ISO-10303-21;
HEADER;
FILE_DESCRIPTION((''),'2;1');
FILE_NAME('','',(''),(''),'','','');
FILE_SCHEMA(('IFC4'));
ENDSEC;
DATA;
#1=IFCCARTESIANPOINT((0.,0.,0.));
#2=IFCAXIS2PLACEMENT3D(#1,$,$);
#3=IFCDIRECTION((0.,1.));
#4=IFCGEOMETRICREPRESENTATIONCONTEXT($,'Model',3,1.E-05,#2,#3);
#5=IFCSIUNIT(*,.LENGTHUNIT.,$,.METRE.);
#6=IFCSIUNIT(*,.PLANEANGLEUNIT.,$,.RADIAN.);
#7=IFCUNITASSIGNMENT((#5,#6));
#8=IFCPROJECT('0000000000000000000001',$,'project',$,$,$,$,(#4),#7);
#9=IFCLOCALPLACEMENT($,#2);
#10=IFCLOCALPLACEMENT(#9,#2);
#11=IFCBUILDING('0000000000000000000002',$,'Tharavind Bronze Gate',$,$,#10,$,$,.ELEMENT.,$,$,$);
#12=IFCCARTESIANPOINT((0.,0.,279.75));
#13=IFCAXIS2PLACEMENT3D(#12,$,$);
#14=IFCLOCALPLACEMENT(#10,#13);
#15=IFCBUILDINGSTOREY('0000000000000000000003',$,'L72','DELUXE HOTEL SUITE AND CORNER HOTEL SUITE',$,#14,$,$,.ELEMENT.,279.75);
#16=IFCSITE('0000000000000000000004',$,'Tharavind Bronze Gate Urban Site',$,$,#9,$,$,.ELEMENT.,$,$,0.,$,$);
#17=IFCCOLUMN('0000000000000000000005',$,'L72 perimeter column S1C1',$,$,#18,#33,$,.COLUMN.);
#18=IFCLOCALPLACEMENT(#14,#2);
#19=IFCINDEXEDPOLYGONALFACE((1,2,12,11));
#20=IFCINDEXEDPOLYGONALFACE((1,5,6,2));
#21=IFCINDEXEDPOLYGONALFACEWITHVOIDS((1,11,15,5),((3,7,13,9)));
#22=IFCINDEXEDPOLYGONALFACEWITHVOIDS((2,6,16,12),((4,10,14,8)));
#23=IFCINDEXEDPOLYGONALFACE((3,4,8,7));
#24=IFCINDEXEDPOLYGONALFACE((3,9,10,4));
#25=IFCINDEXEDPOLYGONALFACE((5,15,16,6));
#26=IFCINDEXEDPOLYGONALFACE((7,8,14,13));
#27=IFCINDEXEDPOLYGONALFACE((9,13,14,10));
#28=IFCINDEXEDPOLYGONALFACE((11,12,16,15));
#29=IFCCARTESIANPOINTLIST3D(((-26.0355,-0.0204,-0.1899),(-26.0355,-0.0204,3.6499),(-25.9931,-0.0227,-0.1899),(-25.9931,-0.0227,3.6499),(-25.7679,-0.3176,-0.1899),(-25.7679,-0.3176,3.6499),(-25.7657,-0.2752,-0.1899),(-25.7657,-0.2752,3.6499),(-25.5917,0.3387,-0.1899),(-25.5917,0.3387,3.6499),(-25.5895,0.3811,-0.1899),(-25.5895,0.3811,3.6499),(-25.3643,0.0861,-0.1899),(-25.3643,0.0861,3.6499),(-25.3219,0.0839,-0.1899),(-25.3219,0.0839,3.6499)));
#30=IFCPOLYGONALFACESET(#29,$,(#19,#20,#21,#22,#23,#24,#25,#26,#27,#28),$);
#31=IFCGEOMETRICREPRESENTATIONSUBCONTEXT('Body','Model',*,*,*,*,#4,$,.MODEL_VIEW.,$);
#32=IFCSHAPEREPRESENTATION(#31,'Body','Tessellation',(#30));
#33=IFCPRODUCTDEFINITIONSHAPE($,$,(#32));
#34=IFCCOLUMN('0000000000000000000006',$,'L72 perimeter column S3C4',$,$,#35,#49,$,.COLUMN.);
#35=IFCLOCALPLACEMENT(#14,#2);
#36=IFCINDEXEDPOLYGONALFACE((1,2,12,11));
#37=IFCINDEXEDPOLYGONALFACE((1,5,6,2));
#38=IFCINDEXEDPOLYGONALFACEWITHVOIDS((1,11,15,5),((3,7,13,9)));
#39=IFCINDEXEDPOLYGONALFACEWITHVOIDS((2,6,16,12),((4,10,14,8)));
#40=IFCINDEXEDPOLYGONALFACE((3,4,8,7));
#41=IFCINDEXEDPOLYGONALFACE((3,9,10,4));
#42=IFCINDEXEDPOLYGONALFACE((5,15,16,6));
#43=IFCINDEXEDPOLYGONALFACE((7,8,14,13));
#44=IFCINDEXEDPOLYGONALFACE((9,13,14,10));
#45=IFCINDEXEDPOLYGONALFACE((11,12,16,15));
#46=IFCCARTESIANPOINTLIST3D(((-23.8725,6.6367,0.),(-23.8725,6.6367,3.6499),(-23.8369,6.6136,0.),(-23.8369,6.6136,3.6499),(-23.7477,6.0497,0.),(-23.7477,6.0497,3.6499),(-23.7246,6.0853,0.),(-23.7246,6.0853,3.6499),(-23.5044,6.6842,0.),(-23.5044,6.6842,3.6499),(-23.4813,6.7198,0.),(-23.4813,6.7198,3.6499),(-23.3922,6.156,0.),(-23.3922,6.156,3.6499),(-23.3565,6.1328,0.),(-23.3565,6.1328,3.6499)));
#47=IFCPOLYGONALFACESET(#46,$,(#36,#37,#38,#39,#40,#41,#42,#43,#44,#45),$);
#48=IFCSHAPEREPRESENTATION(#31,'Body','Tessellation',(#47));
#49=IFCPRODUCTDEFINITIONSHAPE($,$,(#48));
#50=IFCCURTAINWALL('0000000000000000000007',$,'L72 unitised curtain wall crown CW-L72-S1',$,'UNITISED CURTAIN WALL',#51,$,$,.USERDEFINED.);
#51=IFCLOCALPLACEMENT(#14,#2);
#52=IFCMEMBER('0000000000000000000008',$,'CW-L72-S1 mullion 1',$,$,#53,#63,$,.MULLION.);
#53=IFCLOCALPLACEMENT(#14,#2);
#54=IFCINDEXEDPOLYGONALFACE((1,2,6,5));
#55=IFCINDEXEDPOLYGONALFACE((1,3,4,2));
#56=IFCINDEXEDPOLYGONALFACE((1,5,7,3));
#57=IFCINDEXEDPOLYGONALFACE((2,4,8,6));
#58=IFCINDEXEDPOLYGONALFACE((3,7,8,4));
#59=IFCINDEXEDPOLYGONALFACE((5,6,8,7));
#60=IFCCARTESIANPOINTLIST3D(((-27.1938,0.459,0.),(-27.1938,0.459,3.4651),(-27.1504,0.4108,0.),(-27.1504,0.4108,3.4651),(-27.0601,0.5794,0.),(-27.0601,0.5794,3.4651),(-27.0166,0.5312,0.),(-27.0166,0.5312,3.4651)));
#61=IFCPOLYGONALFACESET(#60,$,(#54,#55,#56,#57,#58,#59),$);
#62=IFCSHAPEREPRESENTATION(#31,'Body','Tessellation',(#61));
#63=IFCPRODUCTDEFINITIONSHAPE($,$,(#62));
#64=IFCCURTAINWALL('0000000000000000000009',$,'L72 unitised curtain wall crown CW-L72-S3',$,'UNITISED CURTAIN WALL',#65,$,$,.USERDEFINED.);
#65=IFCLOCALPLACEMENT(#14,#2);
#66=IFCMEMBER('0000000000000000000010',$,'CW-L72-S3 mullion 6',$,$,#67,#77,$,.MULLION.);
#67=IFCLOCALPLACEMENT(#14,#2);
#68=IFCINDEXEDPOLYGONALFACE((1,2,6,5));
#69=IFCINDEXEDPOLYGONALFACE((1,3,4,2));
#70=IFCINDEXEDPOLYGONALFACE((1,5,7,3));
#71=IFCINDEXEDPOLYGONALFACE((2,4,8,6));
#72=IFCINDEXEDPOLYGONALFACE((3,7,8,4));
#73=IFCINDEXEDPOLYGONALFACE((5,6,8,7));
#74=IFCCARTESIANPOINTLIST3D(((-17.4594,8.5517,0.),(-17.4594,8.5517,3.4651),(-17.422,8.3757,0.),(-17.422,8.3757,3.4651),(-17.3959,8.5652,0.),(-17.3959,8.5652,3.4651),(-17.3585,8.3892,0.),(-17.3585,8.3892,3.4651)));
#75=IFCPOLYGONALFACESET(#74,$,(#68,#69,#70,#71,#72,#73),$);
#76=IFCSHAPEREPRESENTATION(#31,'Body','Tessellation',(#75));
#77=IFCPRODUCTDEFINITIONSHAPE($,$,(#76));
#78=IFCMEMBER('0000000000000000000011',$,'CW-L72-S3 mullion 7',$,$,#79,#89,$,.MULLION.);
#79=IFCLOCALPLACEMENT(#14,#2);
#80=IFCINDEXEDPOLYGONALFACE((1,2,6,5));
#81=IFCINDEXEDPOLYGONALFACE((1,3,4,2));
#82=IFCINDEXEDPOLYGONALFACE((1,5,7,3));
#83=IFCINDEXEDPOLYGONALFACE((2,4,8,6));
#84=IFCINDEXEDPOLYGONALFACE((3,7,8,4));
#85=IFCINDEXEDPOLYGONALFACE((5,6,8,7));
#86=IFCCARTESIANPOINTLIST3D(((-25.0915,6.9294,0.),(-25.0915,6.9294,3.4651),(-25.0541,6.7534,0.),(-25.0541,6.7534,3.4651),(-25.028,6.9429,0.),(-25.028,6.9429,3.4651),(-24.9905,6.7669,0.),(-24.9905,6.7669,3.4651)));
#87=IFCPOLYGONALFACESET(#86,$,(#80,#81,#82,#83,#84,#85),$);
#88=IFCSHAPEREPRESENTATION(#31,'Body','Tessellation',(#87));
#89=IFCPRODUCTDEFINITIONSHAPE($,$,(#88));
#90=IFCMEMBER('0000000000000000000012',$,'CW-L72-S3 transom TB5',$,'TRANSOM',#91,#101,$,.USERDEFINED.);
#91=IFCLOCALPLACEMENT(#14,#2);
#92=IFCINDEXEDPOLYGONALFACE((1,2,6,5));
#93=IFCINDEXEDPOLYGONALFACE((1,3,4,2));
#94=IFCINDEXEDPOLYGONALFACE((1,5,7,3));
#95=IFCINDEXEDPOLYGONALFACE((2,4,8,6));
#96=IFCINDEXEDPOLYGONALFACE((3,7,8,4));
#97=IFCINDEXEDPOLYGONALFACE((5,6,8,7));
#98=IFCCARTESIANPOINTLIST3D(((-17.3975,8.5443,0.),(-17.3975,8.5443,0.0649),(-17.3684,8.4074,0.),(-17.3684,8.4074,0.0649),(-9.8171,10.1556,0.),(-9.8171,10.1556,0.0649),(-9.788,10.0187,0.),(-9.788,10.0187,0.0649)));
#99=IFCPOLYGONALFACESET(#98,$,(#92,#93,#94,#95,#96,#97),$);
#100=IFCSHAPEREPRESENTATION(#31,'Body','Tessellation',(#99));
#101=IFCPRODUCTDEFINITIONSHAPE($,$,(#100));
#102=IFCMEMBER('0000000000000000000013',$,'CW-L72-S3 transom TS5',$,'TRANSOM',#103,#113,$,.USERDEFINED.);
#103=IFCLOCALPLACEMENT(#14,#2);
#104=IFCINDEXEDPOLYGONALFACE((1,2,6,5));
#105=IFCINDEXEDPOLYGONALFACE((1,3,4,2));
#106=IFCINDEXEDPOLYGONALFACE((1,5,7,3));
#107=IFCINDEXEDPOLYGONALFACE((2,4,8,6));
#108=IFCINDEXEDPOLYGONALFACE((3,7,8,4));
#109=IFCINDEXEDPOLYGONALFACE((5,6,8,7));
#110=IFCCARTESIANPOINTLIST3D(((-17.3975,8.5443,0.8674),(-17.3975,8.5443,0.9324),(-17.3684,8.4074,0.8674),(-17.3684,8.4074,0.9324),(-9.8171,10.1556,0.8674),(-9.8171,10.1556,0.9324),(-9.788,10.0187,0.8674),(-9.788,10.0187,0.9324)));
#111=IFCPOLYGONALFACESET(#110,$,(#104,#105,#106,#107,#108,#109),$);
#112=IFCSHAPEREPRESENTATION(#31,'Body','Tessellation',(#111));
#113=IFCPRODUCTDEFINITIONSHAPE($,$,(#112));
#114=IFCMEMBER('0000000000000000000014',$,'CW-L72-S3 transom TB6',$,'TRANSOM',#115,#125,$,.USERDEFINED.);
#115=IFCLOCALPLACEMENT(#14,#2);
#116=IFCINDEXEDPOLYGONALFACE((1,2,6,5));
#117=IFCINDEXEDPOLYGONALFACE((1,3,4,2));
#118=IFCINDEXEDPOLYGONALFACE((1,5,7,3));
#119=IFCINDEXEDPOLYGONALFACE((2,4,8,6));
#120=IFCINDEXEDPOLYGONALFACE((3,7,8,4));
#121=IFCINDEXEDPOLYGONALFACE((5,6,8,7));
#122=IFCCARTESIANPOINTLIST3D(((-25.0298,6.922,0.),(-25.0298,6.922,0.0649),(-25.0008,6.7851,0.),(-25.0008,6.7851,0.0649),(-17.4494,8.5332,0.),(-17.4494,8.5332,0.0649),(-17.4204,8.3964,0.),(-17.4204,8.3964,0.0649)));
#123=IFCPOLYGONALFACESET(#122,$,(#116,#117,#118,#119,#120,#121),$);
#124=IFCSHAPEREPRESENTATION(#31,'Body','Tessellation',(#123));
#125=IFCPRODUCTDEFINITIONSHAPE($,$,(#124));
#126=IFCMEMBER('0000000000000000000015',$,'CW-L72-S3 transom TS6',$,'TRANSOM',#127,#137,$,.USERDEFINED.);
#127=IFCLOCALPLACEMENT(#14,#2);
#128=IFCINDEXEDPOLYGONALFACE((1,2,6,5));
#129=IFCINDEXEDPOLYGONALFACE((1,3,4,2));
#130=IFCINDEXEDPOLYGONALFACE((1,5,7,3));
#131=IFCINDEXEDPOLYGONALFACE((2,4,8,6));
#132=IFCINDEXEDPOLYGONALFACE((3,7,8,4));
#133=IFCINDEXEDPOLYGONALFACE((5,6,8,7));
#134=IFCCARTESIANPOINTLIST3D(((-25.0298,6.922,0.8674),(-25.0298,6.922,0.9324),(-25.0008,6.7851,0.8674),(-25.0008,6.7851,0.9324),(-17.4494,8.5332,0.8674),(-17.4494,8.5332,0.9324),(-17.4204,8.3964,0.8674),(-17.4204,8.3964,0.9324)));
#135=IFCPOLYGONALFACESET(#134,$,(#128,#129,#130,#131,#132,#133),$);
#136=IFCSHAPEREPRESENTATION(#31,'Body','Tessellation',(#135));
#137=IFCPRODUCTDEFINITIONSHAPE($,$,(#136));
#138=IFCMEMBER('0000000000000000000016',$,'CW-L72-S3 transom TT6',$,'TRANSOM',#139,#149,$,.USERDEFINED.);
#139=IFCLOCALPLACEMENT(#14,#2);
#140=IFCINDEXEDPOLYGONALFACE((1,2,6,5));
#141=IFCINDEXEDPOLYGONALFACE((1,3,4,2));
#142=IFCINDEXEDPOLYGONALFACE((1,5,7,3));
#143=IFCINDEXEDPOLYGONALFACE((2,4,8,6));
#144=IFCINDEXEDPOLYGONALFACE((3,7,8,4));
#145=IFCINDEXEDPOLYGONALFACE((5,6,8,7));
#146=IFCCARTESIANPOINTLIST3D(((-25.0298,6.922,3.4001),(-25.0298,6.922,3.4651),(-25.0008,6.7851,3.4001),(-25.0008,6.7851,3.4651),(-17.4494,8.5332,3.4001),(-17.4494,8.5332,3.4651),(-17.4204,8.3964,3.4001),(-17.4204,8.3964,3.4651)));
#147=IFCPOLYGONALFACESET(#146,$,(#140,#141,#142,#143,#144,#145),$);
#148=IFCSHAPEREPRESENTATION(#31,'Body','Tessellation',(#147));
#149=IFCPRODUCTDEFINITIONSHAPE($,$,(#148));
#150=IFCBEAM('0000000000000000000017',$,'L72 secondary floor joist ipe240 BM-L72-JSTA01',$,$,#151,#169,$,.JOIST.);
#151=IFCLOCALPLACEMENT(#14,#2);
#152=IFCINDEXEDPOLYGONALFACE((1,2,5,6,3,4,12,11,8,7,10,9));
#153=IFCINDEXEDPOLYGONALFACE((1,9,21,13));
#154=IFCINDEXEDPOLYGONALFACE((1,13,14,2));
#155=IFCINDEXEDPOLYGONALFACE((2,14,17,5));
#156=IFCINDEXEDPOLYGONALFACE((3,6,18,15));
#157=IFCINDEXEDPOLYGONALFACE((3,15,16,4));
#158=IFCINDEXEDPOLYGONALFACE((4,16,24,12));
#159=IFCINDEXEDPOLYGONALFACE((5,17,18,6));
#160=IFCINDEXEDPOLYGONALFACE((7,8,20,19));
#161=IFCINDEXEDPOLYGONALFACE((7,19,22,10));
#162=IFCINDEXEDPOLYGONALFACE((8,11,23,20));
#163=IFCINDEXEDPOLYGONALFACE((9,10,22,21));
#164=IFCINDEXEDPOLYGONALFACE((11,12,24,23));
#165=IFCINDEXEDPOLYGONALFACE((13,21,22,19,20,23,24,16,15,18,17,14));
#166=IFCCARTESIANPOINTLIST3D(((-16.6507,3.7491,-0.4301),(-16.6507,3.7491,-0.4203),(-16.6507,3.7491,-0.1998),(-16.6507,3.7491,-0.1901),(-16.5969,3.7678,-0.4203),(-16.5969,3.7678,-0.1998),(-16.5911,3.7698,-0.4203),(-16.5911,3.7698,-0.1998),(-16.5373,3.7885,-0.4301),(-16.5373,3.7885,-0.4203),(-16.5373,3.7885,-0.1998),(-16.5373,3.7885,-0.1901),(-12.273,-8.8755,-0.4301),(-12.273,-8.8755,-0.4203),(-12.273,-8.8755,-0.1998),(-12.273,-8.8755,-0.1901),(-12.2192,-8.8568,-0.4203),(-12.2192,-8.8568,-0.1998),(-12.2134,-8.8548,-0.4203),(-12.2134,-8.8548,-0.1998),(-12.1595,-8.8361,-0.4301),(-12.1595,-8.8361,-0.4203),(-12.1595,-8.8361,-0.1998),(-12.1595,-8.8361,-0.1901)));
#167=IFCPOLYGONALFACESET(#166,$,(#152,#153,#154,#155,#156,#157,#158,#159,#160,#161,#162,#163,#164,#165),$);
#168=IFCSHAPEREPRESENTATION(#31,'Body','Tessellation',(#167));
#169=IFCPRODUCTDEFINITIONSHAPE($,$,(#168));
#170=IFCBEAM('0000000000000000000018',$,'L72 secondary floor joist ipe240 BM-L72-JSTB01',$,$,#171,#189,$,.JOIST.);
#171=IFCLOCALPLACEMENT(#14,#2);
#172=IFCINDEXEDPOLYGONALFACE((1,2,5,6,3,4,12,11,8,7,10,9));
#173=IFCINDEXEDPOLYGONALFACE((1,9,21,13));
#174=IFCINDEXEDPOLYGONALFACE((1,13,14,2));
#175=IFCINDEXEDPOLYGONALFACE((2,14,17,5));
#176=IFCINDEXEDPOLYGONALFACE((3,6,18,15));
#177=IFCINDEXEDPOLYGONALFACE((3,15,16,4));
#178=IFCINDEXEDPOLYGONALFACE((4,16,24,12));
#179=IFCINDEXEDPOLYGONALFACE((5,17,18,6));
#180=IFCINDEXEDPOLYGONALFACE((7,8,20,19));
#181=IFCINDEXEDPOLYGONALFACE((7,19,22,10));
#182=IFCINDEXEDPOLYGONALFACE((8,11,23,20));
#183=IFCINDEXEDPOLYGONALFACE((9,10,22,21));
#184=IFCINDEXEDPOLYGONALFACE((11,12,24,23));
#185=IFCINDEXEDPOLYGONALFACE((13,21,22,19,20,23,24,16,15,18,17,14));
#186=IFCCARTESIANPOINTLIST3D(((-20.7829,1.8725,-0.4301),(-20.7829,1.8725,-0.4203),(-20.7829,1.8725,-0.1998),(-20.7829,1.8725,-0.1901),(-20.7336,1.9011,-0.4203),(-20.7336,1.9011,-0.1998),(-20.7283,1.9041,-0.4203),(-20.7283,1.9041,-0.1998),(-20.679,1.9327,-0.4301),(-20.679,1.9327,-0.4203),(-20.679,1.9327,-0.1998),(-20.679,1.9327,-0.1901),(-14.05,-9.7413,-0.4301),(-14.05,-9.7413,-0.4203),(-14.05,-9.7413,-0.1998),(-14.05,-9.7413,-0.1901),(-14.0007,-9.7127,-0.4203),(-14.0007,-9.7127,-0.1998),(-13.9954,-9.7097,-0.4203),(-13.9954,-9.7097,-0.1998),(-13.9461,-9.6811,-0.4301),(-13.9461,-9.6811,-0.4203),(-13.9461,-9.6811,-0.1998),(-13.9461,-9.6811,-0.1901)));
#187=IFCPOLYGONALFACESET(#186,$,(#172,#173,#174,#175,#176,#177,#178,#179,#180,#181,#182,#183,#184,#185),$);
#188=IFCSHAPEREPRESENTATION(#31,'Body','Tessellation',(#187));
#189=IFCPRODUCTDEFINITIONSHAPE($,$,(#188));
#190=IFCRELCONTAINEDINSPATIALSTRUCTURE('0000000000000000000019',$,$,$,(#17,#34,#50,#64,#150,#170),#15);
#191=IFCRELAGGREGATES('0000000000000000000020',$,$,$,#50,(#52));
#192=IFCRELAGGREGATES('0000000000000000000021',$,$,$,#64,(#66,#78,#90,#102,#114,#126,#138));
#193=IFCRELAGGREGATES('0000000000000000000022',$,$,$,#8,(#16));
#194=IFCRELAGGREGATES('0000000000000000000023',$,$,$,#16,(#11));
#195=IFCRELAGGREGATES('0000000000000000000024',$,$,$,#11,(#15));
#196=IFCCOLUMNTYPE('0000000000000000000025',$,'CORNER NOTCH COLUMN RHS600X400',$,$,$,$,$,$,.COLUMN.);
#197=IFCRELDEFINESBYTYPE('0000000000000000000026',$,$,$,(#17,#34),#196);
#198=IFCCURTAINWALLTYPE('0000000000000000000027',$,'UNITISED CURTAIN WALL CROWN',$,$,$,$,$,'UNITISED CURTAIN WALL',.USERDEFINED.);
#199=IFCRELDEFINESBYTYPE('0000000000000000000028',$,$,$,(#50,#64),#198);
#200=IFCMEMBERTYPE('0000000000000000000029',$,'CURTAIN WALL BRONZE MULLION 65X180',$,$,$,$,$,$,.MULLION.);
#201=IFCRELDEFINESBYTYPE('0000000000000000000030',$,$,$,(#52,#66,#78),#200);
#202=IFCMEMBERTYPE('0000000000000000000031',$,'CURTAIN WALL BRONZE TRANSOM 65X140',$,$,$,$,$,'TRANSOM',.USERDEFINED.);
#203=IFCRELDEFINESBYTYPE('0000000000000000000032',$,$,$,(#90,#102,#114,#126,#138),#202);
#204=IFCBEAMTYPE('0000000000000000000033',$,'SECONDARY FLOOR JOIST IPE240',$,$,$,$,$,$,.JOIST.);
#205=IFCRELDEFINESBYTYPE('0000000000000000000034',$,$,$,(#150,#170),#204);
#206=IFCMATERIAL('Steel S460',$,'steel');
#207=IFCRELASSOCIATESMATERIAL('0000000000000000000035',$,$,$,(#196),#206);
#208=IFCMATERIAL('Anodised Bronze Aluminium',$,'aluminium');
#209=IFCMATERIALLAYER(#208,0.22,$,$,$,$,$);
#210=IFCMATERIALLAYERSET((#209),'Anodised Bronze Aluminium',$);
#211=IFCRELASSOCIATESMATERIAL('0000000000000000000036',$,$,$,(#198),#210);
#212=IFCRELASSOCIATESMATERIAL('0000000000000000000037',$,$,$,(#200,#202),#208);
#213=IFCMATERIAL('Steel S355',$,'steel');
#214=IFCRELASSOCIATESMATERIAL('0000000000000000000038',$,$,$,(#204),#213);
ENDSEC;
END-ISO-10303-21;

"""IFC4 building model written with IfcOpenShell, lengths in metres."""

from ifc_helpers import new_model, si_unit, direction, frame, origin, origin_2d, place, context, subcontext, project, spatial, rectangle, hollow_rectangle, i_section, extrude, material, layer, layer_set, material_profile, profile_set, type_object, element, aggregate, save


model = new_model("IFC4")

# Units and contexts
model_context = context("Model", 3, precision=1e-05, world=origin(), true_north=direction((0.0, 1.0)))
body_context = subcontext(model_context, "Body", "Model", "MODEL_VIEW")
ifc_project = project(units=[si_unit("LENGTHUNIT", "METRE"), si_unit("PLANEANGLEUNIT", "RADIAN")], contexts=[model_context])

# Site, building, storey
site_placement = place(None, origin())
site = spatial("IfcSite", under=ifc_project, at=site_placement, Name="Tharavind Bronze Gate Urban Site", CompositionType="ELEMENT", RefElevation=0.0)
building_placement = place(site_placement, origin())
building = spatial("IfcBuilding", under=site, at=building_placement, Name="Tharavind Bronze Gate", CompositionType="ELEMENT")
storey_placement = place(building_placement, frame((0.0, 0.0, 279.75)))
storey = spatial("IfcBuildingStorey", under=building, at=storey_placement, Name="L72", Description="DELUXE HOTEL SUITE AND CORNER HOTEL SUITE", CompositionType="ELEMENT", Elevation=279.75)

# Columns
ifc_material_1 = material(Name="Steel S460", Category="steel")
ifc_material_profile_1 = material_profile(ifc_material_1, hollow_rectangle(XDim=0.3999, YDim=0.6001, WallThickness=0.03, at=origin_2d()), Name="RHS600X400X30")
ifc_profile_set_1 = profile_set([ifc_material_profile_1], Name="Steel S460")
column_type = type_object("IfcColumnType", Name="CORNER NOTCH COLUMN RHS600X400", PredefinedType="COLUMN", material=ifc_profile_set_1)
column_1_placement = place(storey_placement, frame((-25.6787, 0.0317, -0.1899), z_axis=(0.0, 0.0, 1.0), x_axis=(-0.669131, 0.743145, 0.0)))
element("IfcColumn", 1, at=column_1_placement, inside=storey, type_object=column_type, Name="L72 perimeter column S1C1", PredefinedType="COLUMN", context=body_context, shape_type="SweptSolid", body=[
    extrude(hollow_rectangle(XDim=0.3999, YDim=0.6001, WallThickness=0.03, at=origin_2d()), origin(), (0.0, 0.0, 1.0), 3.8398),
])
column_2_placement = place(storey_placement, frame((-23.6145, 6.3848, 0.0), z_axis=(0.0, 0.0, 1.0), x_axis=(0.978147, 0.207913, 0.0)))
element("IfcColumn", 2, at=column_2_placement, inside=storey, type_object=column_type, Name="L72 perimeter column S3C4", PredefinedType="COLUMN", context=body_context, shape_type="SweptSolid", body=[
    extrude(hollow_rectangle(XDim=0.3999, YDim=0.6001, WallThickness=0.03, at=origin_2d()), origin(), (0.0, 0.0, 1.0), 3.6499),
])

# Curtain wall, member
ifc_material_2 = material(Name="Anodised Bronze Aluminium", Category="aluminium")
ifc_layer_1 = layer(ifc_material_2, 0.22)
ifc_layer_set_1 = layer_set([ifc_layer_1], Name="Anodised Bronze Aluminium")
curtain_wall_type = type_object("IfcCurtainWallType", Name="UNITISED CURTAIN WALL CROWN", ElementType="UNITISED CURTAIN WALL", PredefinedType="USERDEFINED", material=ifc_layer_set_1)
curtain_wall_1_placement = place(storey_placement, origin())
curtain_wall_1 = element("IfcCurtainWall", 3, at=curtain_wall_1_placement, inside=storey, type_object=curtain_wall_type, Name="L72 unitised curtain wall crown CW-L72-S1", ObjectType="UNITISED CURTAIN WALL", PredefinedType="USERDEFINED")
member_type_1 = type_object("IfcMemberType", Name="CURTAIN WALL BRONZE MULLION 65X180", PredefinedType="MULLION", material=ifc_material_2)
member_1_placement = place(storey_placement, frame((-27.1052, 0.4951, 0.0), z_axis=(0.0, 0.0, 1.0), x_axis=(0.669131, -0.743145, 0.0)))
member_1 = element("IfcMember", 4, at=member_1_placement, type_object=member_type_1, Name="CW-L72-S1 mullion 1", PredefinedType="MULLION", context=body_context, shape_type="SweptSolid", body=[
    extrude(rectangle(XDim=0.0649, YDim=0.1799, at=origin_2d()), origin(), (0.0, 0.0, 1.0), 3.4651),
])
aggregate(curtain_wall_1, [member_1])

# Curtain wall, members
curtain_wall_2_placement = place(storey_placement, origin())
curtain_wall_2 = element("IfcCurtainWall", 5, at=curtain_wall_2_placement, inside=storey, type_object=curtain_wall_type, Name="L72 unitised curtain wall crown CW-L72-S3", ObjectType="UNITISED CURTAIN WALL", PredefinedType="USERDEFINED")
member_2_placement = place(storey_placement, frame((-17.4089, 8.4705, 0.0), z_axis=(0.0, 0.0, 1.0), x_axis=(-0.978147, -0.207913, 0.0)))
member_2 = element("IfcMember", 6, at=member_2_placement, type_object=member_type_1, Name="CW-L72-S3 mullion 6", PredefinedType="MULLION", context=body_context, shape_type="SweptSolid", body=[
    extrude(rectangle(XDim=0.0649, YDim=0.1799, at=origin_2d()), origin(), (0.0, 0.0, 1.0), 3.4651),
])
member_3_placement = place(storey_placement, frame((-25.041, 6.8481, 0.0), z_axis=(0.0, 0.0, 1.0), x_axis=(-0.978147, -0.207913, 0.0)))
member_3 = element("IfcMember", 7, at=member_3_placement, type_object=member_type_1, Name="CW-L72-S3 mullion 7", PredefinedType="MULLION", context=body_context, shape_type="SweptSolid", body=[
    extrude(rectangle(XDim=0.0649, YDim=0.1799, at=origin_2d()), origin(), (0.0, 0.0, 1.0), 3.4651),
])
member_type_2 = type_object("IfcMemberType", Name="CURTAIN WALL BRONZE TRANSOM 65X140", ElementType="TRANSOM", PredefinedType="USERDEFINED", material=ifc_material_2)
member_4_placement = place(storey_placement, frame((-13.5928, 9.2815, 0.0), z_axis=(0.0, 0.0, 1.0), x_axis=(-0.978147, -0.207913, 0.0)))
member_4 = element("IfcMember", 8, at=member_4_placement, type_object=member_type_2, Name="CW-L72-S3 transom TB5", ObjectType="TRANSOM", PredefinedType="USERDEFINED", context=body_context, shape_type="SweptSolid", body=[
    extrude(rectangle(XDim=7.7498, YDim=0.1399, at=origin_2d()), origin(), (0.0, 0.0, 1.0), 0.0649),
])
member_5_placement = place(storey_placement, frame((-13.5928, 9.2815, 0.8674), z_axis=(0.0, 0.0, 1.0), x_axis=(-0.978147, -0.207913, 0.0)))
member_5 = element("IfcMember", 9, at=member_5_placement, type_object=member_type_2, Name="CW-L72-S3 transom TS5", ObjectType="TRANSOM", PredefinedType="USERDEFINED", context=body_context, shape_type="SweptSolid", body=[
    extrude(rectangle(XDim=7.7498, YDim=0.1399, at=origin_2d()), origin(), (0.0, 0.0, 1.0), 0.0649),
])
member_6_placement = place(storey_placement, frame((-21.2251, 7.6592, 0.0), z_axis=(0.0, 0.0, 1.0), x_axis=(-0.978147, -0.207913, 0.0)))
member_6 = element("IfcMember", 10, at=member_6_placement, type_object=member_type_2, Name="CW-L72-S3 transom TB6", ObjectType="TRANSOM", PredefinedType="USERDEFINED", context=body_context, shape_type="SweptSolid", body=[
    extrude(rectangle(XDim=7.7498, YDim=0.1399, at=origin_2d()), origin(), (0.0, 0.0, 1.0), 0.0649),
])
member_7_placement = place(storey_placement, frame((-21.2251, 7.6592, 0.8674), z_axis=(0.0, 0.0, 1.0), x_axis=(-0.978147, -0.207913, 0.0)))
member_7 = element("IfcMember", 11, at=member_7_placement, type_object=member_type_2, Name="CW-L72-S3 transom TS6", ObjectType="TRANSOM", PredefinedType="USERDEFINED", context=body_context, shape_type="SweptSolid", body=[
    extrude(rectangle(XDim=7.7498, YDim=0.1399, at=origin_2d()), origin(), (0.0, 0.0, 1.0), 0.0649),
])
member_8_placement = place(storey_placement, frame((-21.2251, 7.6592, 3.4001), z_axis=(0.0, 0.0, 1.0), x_axis=(-0.978147, -0.207913, 0.0)))
member_8 = element("IfcMember", 12, at=member_8_placement, type_object=member_type_2, Name="CW-L72-S3 transom TT6", ObjectType="TRANSOM", PredefinedType="USERDEFINED", context=body_context, shape_type="SweptSolid", body=[
    extrude(rectangle(XDim=7.7498, YDim=0.1399, at=origin_2d()), origin(), (0.0, 0.0, 1.0), 0.0649),
])

# Beams
ifc_material_3 = material(Name="Steel S355", Category="steel")
ifc_material_profile_2 = material_profile(ifc_material_3, i_section(OverallWidth=0.1201, OverallDepth=0.24, WebThickness=0.0061, FlangeThickness=0.0098, at=origin_2d()), Name="IPE240")
ifc_profile_set_2 = profile_set([ifc_material_profile_2], Name="Steel S355")
beam_type_1 = type_object("IfcBeamType", Name="SECONDARY FLOOR JOIST IPE240", PredefinedType="JOIST", material=ifc_profile_set_2)
beam_1_placement = place(storey_placement, frame((-16.594, 3.7688, -0.3101), z_axis=(0.327623, -0.944809, 0.0), x_axis=(0.944809, 0.327623, 0.0)))
element("IfcBeam", 13, at=beam_1_placement, inside=storey, type_object=beam_type_1, Name="L72 secondary floor joist ipe240 BM-L72-JSTA01", PredefinedType="JOIST", context=body_context, shape_type="SweptSolid", body=[
    extrude(i_section(OverallWidth=0.1201, OverallDepth=0.24, WebThickness=0.0061, FlangeThickness=0.0098, at=origin_2d()), origin(), (0.0, 0.0, 1.0), 13.3621),
])
beam_2_placement = place(storey_placement, frame((-20.731, 1.9026, -0.3101), z_axis=(0.501547, -0.865131, 0.0), x_axis=(0.865131, 0.501547, 0.0)))
element("IfcBeam", 14, at=beam_2_placement, inside=storey, type_object=beam_type_1, Name="L72 secondary floor joist ipe240 BM-L72-JSTB01", PredefinedType="JOIST", context=body_context, shape_type="SweptSolid", body=[
    extrude(i_section(OverallWidth=0.1201, OverallDepth=0.24, WebThickness=0.0061, FlangeThickness=0.0098, at=origin_2d()), origin(), (0.0, 0.0, 1.0), 13.4243),
])

aggregate(curtain_wall_2, [member_2, member_3, member_4, member_5, member_6, member_7, member_8])

save(model, "model.ifc")
